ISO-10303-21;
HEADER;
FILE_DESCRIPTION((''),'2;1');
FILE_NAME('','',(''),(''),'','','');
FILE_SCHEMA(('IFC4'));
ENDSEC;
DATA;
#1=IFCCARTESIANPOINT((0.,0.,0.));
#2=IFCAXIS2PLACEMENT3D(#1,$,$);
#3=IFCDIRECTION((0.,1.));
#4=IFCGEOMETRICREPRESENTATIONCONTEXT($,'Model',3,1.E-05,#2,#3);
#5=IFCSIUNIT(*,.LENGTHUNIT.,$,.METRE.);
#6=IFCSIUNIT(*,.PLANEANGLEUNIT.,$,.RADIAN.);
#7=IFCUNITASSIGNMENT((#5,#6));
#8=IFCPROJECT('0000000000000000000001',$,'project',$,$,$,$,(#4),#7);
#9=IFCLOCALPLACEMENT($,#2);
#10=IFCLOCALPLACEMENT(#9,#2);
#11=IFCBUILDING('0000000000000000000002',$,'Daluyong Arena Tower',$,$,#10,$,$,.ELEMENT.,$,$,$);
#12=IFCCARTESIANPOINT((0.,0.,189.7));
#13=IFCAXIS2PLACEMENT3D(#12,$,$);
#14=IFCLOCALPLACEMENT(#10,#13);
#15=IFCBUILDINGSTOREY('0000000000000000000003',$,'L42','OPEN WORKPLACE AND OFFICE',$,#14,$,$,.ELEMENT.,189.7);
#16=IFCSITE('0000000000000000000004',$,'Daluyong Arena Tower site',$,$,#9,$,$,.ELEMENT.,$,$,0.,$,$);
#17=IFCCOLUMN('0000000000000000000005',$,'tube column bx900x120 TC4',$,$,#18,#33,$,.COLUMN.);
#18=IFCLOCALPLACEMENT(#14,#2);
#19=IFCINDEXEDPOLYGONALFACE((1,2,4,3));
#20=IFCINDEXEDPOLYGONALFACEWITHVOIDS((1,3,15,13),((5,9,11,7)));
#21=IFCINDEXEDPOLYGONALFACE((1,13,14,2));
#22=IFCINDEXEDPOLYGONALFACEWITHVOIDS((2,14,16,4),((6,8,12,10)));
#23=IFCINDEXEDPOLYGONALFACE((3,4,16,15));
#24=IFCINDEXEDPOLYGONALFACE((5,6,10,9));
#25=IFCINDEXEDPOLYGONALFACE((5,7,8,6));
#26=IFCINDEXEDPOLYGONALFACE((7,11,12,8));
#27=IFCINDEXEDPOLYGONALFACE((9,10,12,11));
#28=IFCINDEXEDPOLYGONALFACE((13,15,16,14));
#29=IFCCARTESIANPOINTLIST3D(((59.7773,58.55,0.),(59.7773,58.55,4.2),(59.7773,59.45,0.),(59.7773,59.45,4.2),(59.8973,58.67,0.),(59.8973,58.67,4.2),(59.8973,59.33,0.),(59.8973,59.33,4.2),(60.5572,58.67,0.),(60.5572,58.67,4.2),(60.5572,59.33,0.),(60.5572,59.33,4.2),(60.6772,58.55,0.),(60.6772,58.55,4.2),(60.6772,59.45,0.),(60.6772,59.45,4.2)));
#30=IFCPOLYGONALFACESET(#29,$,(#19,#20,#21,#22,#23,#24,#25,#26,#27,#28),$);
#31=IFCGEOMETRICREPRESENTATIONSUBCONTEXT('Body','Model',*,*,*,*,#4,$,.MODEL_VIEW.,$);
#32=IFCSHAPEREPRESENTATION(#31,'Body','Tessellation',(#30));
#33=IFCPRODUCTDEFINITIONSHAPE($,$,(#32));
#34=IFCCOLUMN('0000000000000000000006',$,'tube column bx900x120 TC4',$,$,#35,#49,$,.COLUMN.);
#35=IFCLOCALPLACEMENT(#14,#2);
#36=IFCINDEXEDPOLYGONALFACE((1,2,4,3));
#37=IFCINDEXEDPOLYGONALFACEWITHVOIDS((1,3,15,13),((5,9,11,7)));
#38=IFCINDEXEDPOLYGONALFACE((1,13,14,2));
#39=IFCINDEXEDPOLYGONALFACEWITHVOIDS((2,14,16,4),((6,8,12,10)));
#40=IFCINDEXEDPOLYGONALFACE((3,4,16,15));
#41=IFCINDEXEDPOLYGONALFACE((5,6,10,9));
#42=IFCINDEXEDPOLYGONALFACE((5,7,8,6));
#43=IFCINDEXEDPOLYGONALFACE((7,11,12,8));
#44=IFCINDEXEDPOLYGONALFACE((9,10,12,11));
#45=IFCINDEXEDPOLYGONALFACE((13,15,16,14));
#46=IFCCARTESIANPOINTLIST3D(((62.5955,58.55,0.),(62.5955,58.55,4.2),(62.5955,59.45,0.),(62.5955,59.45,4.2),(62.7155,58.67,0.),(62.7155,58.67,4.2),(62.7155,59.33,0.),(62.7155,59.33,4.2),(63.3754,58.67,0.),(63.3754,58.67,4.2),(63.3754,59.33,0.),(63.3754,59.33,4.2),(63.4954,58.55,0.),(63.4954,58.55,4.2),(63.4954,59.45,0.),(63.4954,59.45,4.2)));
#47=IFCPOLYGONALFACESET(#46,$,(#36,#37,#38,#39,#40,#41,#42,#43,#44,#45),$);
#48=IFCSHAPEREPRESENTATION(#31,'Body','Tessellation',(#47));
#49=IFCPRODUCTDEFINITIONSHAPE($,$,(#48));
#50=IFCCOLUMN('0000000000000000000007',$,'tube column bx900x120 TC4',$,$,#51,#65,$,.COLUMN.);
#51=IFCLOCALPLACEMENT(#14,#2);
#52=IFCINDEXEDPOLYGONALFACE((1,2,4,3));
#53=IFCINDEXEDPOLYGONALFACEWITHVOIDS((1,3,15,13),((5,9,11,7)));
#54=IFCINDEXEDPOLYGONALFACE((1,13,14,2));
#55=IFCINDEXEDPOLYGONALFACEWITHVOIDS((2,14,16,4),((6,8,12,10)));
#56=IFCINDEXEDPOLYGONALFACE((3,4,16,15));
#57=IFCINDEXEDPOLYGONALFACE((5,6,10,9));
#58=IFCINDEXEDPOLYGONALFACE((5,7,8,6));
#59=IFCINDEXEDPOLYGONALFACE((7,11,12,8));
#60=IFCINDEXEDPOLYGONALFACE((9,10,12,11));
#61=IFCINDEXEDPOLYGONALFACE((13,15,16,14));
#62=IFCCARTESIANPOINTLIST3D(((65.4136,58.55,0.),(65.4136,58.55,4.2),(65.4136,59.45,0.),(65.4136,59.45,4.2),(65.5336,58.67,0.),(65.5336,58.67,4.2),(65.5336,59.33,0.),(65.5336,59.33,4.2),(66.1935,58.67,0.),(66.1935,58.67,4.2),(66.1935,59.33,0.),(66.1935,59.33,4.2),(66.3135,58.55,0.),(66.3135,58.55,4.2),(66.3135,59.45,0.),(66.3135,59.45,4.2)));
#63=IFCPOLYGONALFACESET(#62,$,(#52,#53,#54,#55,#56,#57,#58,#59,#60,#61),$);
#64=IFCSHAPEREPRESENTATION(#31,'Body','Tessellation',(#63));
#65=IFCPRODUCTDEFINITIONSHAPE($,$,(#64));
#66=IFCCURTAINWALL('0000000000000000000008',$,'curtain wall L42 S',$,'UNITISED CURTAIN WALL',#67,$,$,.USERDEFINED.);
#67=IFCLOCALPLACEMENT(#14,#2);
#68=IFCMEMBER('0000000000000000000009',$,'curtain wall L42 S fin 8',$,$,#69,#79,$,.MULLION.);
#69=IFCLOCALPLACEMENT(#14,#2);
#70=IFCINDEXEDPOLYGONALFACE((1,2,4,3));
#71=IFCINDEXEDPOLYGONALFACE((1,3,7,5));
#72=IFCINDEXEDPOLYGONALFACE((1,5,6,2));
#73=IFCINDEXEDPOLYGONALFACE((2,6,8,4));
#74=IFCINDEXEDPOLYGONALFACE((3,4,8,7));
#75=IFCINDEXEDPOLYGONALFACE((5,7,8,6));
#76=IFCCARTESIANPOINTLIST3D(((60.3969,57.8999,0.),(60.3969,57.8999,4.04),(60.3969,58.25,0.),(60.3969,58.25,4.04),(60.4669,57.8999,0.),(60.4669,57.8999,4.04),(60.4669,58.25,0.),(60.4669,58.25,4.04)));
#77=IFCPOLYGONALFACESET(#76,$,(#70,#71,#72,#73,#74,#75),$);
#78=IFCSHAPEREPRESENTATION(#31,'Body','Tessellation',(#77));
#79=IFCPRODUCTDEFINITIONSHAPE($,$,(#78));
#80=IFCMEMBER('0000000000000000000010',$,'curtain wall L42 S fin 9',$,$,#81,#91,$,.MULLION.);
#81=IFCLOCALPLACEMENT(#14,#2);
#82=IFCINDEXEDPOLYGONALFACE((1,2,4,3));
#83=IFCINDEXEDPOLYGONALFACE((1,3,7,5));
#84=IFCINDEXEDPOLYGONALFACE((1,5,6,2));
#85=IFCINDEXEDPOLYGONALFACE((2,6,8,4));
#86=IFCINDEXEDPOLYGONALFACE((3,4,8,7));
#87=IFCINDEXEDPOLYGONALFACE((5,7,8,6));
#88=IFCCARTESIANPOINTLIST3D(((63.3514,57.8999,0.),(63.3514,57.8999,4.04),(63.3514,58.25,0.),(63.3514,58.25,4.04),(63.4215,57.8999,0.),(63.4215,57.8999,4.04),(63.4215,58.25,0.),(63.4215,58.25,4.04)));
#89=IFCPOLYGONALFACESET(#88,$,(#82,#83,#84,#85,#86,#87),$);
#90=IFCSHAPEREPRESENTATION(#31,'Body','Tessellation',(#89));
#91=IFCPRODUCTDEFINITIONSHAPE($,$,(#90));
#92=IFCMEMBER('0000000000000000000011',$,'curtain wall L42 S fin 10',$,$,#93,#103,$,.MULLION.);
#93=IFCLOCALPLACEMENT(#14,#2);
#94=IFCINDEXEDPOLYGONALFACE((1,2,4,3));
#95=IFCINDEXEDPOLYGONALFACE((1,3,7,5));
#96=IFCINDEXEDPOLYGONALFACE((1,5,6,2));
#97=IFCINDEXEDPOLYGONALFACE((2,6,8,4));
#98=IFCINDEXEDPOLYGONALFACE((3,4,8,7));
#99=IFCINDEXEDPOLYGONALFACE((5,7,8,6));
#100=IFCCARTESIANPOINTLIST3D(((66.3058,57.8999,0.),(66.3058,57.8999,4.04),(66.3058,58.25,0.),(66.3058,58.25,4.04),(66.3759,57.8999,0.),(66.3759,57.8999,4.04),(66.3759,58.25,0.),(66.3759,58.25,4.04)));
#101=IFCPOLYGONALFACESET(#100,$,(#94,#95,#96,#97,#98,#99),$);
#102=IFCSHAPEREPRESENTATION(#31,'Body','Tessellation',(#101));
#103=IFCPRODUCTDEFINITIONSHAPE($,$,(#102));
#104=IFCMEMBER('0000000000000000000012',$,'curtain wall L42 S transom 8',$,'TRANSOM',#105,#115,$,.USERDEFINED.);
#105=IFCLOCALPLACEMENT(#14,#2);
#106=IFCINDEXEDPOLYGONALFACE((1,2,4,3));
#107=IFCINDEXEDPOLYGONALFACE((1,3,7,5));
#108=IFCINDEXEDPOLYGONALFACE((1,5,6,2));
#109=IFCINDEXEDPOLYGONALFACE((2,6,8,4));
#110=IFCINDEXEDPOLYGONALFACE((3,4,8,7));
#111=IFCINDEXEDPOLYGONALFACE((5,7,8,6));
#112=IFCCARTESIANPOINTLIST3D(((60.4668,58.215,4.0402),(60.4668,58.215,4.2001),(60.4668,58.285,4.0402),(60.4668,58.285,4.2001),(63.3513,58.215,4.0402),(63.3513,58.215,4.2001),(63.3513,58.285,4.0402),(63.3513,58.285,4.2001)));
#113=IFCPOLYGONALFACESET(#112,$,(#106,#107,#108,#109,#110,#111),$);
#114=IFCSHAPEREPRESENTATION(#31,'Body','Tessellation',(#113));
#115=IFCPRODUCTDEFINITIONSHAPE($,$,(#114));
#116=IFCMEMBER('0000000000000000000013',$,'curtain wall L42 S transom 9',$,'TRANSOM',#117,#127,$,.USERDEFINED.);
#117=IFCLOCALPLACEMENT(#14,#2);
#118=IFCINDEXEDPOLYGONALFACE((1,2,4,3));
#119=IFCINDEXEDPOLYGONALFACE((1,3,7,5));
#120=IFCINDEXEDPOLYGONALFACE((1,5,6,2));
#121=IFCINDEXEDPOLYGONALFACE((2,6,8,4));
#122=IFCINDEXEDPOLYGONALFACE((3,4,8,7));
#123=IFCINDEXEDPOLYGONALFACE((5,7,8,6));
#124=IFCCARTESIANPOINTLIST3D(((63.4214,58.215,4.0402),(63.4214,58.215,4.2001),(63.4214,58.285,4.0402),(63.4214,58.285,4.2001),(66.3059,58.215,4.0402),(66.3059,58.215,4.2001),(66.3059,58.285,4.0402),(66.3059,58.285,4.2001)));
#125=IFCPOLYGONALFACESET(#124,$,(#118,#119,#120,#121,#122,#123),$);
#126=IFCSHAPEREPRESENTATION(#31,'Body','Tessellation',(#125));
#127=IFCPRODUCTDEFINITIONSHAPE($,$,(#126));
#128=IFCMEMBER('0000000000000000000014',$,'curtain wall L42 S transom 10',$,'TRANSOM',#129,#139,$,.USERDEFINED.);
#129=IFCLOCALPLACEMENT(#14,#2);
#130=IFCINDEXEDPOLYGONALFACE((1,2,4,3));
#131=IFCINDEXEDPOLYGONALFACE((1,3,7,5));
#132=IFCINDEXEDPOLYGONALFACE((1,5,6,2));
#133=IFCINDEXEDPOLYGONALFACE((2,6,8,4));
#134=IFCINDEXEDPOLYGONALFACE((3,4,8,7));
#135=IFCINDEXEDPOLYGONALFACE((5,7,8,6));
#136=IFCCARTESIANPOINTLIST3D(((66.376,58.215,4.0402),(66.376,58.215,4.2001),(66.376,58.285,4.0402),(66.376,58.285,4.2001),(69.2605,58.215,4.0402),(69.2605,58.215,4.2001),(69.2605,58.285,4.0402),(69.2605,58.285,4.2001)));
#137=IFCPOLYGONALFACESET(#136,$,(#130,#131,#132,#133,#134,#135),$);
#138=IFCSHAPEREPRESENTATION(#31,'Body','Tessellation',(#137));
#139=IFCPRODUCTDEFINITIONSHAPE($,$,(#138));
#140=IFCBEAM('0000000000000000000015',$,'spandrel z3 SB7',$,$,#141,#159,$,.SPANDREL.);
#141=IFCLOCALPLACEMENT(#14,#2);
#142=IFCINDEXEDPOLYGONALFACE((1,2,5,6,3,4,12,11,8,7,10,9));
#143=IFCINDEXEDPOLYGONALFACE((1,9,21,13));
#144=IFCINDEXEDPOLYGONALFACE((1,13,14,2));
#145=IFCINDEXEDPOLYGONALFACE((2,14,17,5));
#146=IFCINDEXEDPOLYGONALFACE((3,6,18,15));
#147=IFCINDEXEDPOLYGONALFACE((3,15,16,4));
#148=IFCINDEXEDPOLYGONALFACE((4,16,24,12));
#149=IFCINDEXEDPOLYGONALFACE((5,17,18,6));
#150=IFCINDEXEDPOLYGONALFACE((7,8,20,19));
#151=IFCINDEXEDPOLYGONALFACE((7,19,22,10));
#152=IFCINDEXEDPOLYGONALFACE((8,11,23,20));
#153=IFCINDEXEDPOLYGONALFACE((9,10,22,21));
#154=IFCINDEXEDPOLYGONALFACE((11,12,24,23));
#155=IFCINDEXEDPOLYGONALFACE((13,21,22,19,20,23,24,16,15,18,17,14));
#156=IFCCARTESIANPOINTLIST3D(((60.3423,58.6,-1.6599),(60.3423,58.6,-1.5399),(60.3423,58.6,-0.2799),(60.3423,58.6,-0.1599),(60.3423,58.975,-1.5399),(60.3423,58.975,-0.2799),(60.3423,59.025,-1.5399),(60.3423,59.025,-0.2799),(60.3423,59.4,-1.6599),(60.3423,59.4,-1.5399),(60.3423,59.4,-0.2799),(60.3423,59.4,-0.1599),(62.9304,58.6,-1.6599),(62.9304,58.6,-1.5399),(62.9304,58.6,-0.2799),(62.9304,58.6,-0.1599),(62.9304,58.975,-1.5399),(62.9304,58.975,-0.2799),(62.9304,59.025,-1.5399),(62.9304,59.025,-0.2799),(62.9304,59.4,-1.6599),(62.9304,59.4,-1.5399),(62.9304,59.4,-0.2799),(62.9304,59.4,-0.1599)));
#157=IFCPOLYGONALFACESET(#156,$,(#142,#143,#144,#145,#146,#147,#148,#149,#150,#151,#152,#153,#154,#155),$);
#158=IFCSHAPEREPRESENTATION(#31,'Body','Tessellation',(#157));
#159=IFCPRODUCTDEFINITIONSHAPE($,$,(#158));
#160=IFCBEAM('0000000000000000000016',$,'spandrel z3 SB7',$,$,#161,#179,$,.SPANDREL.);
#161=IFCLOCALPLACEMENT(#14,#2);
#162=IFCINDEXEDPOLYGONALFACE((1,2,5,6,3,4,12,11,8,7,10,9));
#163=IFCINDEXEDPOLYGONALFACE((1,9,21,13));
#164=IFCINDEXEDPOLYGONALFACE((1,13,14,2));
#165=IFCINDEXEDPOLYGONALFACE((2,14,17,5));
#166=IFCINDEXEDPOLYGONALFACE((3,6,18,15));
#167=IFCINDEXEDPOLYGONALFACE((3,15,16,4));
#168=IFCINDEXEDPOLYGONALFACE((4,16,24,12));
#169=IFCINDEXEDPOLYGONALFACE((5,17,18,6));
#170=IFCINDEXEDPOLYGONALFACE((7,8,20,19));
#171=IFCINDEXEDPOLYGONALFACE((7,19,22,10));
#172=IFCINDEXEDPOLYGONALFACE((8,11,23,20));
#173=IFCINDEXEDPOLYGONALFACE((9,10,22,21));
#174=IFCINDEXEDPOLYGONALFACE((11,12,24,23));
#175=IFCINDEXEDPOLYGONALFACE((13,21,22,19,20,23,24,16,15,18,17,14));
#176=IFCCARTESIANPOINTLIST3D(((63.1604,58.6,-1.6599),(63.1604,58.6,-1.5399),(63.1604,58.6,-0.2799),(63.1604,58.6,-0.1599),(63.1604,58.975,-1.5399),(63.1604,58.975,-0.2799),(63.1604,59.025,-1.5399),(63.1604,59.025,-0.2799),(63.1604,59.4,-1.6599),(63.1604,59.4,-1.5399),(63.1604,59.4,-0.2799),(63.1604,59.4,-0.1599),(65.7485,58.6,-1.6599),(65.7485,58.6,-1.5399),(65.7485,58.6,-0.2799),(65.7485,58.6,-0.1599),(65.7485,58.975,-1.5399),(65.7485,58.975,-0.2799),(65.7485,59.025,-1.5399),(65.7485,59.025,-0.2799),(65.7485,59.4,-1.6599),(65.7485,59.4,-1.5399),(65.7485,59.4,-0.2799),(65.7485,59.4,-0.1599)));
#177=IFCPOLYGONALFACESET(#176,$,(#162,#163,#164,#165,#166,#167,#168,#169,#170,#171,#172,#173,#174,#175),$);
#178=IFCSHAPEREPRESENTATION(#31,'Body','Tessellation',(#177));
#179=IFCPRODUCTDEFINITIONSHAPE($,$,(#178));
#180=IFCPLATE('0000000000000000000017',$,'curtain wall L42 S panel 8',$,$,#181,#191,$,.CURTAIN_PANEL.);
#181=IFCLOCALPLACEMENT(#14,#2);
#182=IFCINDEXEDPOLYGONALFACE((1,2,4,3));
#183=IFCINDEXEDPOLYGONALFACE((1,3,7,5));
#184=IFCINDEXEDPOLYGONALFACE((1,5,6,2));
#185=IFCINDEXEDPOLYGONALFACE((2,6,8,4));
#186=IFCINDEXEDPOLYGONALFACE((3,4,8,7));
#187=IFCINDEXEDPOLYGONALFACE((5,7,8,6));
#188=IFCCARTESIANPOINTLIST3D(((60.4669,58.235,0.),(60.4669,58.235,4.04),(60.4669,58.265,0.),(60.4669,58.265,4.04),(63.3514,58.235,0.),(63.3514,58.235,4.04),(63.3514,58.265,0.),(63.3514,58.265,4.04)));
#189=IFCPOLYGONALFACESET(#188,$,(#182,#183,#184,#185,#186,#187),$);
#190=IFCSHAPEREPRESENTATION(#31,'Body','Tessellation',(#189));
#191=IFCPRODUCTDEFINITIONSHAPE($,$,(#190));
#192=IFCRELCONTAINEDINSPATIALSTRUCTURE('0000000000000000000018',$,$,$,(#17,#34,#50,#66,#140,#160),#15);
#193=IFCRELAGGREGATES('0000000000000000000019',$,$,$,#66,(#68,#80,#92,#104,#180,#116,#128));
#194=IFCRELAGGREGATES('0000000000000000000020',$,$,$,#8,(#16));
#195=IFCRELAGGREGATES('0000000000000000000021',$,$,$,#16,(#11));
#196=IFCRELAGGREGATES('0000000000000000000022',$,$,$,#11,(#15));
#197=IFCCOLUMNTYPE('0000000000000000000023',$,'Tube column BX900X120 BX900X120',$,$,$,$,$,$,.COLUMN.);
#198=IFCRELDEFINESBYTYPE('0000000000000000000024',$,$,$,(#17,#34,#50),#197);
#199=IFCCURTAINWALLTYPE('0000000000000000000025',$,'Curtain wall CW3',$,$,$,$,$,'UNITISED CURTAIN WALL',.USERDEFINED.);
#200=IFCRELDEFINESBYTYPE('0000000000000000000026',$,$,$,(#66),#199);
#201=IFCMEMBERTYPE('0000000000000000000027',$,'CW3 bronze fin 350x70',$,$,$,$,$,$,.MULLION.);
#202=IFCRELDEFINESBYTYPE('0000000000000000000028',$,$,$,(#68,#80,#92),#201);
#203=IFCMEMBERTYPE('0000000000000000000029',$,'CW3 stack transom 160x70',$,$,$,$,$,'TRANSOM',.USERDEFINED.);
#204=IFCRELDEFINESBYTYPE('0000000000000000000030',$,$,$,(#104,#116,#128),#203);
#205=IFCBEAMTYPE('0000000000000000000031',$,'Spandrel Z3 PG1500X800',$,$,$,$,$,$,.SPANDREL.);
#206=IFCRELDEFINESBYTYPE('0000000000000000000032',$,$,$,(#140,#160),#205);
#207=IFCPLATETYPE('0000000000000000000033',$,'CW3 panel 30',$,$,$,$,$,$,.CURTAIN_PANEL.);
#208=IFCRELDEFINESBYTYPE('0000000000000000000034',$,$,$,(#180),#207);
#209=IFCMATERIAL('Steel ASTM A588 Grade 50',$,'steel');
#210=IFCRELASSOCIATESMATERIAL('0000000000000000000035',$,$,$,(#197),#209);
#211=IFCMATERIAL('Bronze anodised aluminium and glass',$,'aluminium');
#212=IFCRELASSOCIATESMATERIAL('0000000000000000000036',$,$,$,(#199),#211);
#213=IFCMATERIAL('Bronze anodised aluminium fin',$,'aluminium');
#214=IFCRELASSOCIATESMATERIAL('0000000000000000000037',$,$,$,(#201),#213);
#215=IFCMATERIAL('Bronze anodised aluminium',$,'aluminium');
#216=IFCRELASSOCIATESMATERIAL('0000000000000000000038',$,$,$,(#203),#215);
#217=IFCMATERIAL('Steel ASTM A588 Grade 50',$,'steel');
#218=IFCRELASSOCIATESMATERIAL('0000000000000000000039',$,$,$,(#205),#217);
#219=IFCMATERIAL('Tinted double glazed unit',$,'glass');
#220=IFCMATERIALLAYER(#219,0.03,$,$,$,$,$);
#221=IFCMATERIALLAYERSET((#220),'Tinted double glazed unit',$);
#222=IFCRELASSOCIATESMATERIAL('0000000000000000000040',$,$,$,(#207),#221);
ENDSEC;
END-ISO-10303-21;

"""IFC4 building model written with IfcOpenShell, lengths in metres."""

from ifc_helpers import new_model, si_unit, direction, frame, origin, origin_2d, place, context, subcontext, project, spatial, rectangle, hollow_rectangle, i_section, extrude, material, layer, layer_set, material_profile, profile_set, type_object, element, aggregate, save


model = new_model("IFC4")

# Units and contexts
model_context = context("Model", 3, precision=1e-05, world=origin(), true_north=direction((0.0, 1.0)))
body_context = subcontext(model_context, "Body", "Model", "MODEL_VIEW")
ifc_project = project(units=[si_unit("LENGTHUNIT", "METRE"), si_unit("PLANEANGLEUNIT", "RADIAN")], contexts=[model_context])

# Site, building, storey
site_placement = place(None, origin())
site = spatial("IfcSite", under=ifc_project, at=site_placement, Name="Daluyong Arena Tower site", CompositionType="ELEMENT", RefElevation=0.0)
building_placement = place(site_placement, origin())
building = spatial("IfcBuilding", under=site, at=building_placement, Name="Daluyong Arena Tower", CompositionType="ELEMENT")
storey_placement = place(building_placement, frame((0.0, 0.0, 189.7)))
storey = spatial("IfcBuildingStorey", under=building, at=storey_placement, Name="L42", Description="OPEN WORKPLACE AND OFFICE", CompositionType="ELEMENT", Elevation=189.7)

# Columns
ifc_material_1 = material(Name="Steel ASTM A588 Grade 50", Category="steel")
ifc_material_profile_1 = material_profile(ifc_material_1, hollow_rectangle(XDim=0.8999, YDim=0.8999, WallThickness=0.12, at=origin_2d()))
ifc_profile_set_1 = profile_set([ifc_material_profile_1], Name="Steel ASTM A588 Grade 50")
column_type = type_object("IfcColumnType", Name="Tube column BX900X120 BX900X120", PredefinedType="COLUMN", material=ifc_profile_set_1)
for number, where, z_axis, x_axis, name in (
    (1, (60.2273, 59.0, 0.0), (0.0, 0.0, 1.0), (1.0, 0.0, 0.0), "tube column bx900x120 TC4"),
    (2, (63.0454, 59.0, 0.0), (0.0, 0.0, 1.0), (1.0, 0.0, 0.0), "tube column bx900x120 TC4"),
    (3, (65.8635, 59.0, 0.0), (0.0, 0.0, 1.0), (1.0, 0.0, 0.0), "tube column bx900x120 TC4"),
):
    element("IfcColumn", number, at=place(storey_placement, frame(where, z_axis=z_axis, x_axis=x_axis)), inside=storey, type_object=column_type, Name=name, PredefinedType="COLUMN", context=body_context, shape_type="SweptSolid", body=[
        extrude(hollow_rectangle(XDim=0.8999, YDim=0.8999, WallThickness=0.12, at=origin_2d()), origin(), (0.0, 0.0, 1.0), 4.2),
    ])

# Curtain wall, members
ifc_material_2 = material(Name="Bronze anodised aluminium and glass", Category="aluminium")
curtain_wall_type = type_object("IfcCurtainWallType", Name="Curtain wall CW3", ElementType="UNITISED CURTAIN WALL", PredefinedType="USERDEFINED", material=ifc_material_2)
curtain_wall_placement = place(storey_placement, origin())
curtain_wall = element("IfcCurtainWall", 4, at=curtain_wall_placement, inside=storey, type_object=curtain_wall_type, Name="curtain wall L42 S", ObjectType="UNITISED CURTAIN WALL", PredefinedType="USERDEFINED")
ifc_material_3 = material(Name="Bronze anodised aluminium fin", Category="aluminium")
ifc_material_profile_2 = material_profile(ifc_material_3, rectangle(XDim=0.3501, YDim=0.0701, at=origin_2d()))
ifc_profile_set_2 = profile_set([ifc_material_profile_2], Name="Bronze anodised aluminium fin")
member_type_1 = type_object("IfcMemberType", Name="CW3 bronze fin 350x70", PredefinedType="MULLION", material=ifc_profile_set_2)
member_1_placement = place(storey_placement, frame((60.4319, 58.075, 0.0), z_axis=(0.0, 0.0, 1.0), x_axis=(0.0, 1.0, 0.0)))
member_1 = element("IfcMember", 5, at=member_1_placement, type_object=member_type_1, Name="curtain wall L42 S fin 8", PredefinedType="MULLION", context=body_context, shape_type="SweptSolid", body=[
    extrude(rectangle(XDim=0.3501, YDim=0.0701, at=origin_2d()), origin(), (0.0, 0.0, 1.0), 4.04),
])
member_2_placement = place(storey_placement, frame((63.3865, 58.075, 0.0), z_axis=(0.0, 0.0, 1.0), x_axis=(0.0, 1.0, 0.0)))
member_2 = element("IfcMember", 6, at=member_2_placement, type_object=member_type_1, Name="curtain wall L42 S fin 9", PredefinedType="MULLION", context=body_context, shape_type="SweptSolid", body=[
    extrude(rectangle(XDim=0.3501, YDim=0.0701, at=origin_2d()), origin(), (0.0, 0.0, 1.0), 4.04),
])
member_3_placement = place(storey_placement, frame((66.3408, 58.075, 0.0), z_axis=(0.0, 0.0, 1.0), x_axis=(0.0, 1.0, 0.0)))
member_3 = element("IfcMember", 7, at=member_3_placement, type_object=member_type_1, Name="curtain wall L42 S fin 10", PredefinedType="MULLION", context=body_context, shape_type="SweptSolid", body=[
    extrude(rectangle(XDim=0.3501, YDim=0.0701, at=origin_2d()), origin(), (0.0, 0.0, 1.0), 4.04),
])
ifc_material_4 = material(Name="Bronze anodised aluminium", Category="aluminium")
ifc_material_profile_3 = material_profile(ifc_material_4, rectangle(XDim=0.0701, YDim=0.1599, at=origin_2d()))
ifc_profile_set_3 = profile_set([ifc_material_profile_3], Name="Bronze anodised aluminium")
member_type_2 = type_object("IfcMemberType", Name="CW3 stack transom 160x70", ElementType="TRANSOM", PredefinedType="USERDEFINED", material=ifc_profile_set_3)
member_4_placement = place(storey_placement, frame((60.4668, 58.25, 4.1201), z_axis=(1.0, 0.0, 0.0), x_axis=(0.0, 1.0, 0.0)))
member_4 = element("IfcMember", 8, at=member_4_placement, type_object=member_type_2, Name="curtain wall L42 S transom 8", ObjectType="TRANSOM", PredefinedType="USERDEFINED", context=body_context, shape_type="SweptSolid", body=[
    extrude(rectangle(XDim=0.0701, YDim=0.1599, at=origin_2d()), origin(), (0.0, 0.0, 1.0), 2.8845),
])
member_5_placement = place(storey_placement, frame((63.4214, 58.25, 4.1201), z_axis=(1.0, 0.0, 0.0), x_axis=(0.0, 1.0, 0.0)))
member_5 = element("IfcMember", 9, at=member_5_placement, type_object=member_type_2, Name="curtain wall L42 S transom 9", ObjectType="TRANSOM", PredefinedType="USERDEFINED", context=body_context, shape_type="SweptSolid", body=[
    extrude(rectangle(XDim=0.0701, YDim=0.1599, at=origin_2d()), origin(), (0.0, 0.0, 1.0), 2.8845),
])
member_6_placement = place(storey_placement, frame((66.376, 58.25, 4.1201), z_axis=(1.0, 0.0, 0.0), x_axis=(0.0, 1.0, 0.0)))
member_6 = element("IfcMember", 10, at=member_6_placement, type_object=member_type_2, Name="curtain wall L42 S transom 10", ObjectType="TRANSOM", PredefinedType="USERDEFINED", context=body_context, shape_type="SweptSolid", body=[
    extrude(rectangle(XDim=0.0701, YDim=0.1599, at=origin_2d()), origin(), (0.0, 0.0, 1.0), 2.8845),
])

# Beams
ifc_material_5 = material(Name="Steel ASTM A588 Grade 50", Category="steel")
ifc_material_profile_4 = material_profile(ifc_material_5, i_section(OverallWidth=0.8, OverallDepth=1.5, WebThickness=0.05, FlangeThickness=0.12, at=origin_2d()))
ifc_profile_set_4 = profile_set([ifc_material_profile_4], Name="Steel ASTM A588 Grade 50")
beam_type = type_object("IfcBeamType", Name="Spandrel Z3 PG1500X800", PredefinedType="SPANDREL", material=ifc_profile_set_4)
for number, where, z_axis, x_axis, name in (
    (11, (60.3423, 59.0, -0.9099), (1.0, 0.0, 0.0), (0.0, 1.0, 0.0), "spandrel z3 SB7"),
    (12, (63.1604, 59.0, -0.9099), (1.0, 0.0, 0.0), (0.0, 1.0, 0.0), "spandrel z3 SB7"),
):
    element("IfcBeam", number, at=place(storey_placement, frame(where, z_axis=z_axis, x_axis=x_axis)), inside=storey, type_object=beam_type, Name=name, PredefinedType="SPANDREL", context=body_context, shape_type="SweptSolid", body=[
        extrude(i_section(OverallWidth=0.8, OverallDepth=1.5, WebThickness=0.05, FlangeThickness=0.12, at=origin_2d()), origin(), (0.0, 0.0, 1.0), 2.5881),
    ])

# Plate
ifc_material_6 = material(Name="Tinted double glazed unit", Category="glass")
ifc_layer = layer(ifc_material_6, 0.03)
ifc_layer_set = layer_set([ifc_layer], Name="Tinted double glazed unit")
plate_type = type_object("IfcPlateType", Name="CW3 panel 30", PredefinedType="CURTAIN_PANEL", material=ifc_layer_set)
plate_1_placement = place(storey_placement, frame((61.9092, 58.25, 0.0), z_axis=(0.0, 0.0, 1.0), x_axis=(1.0, 0.0, 0.0)))
plate_1 = element("IfcPlate", 13, at=plate_1_placement, type_object=plate_type, Name="curtain wall L42 S panel 8", PredefinedType="CURTAIN_PANEL", context=body_context, shape_type="SweptSolid", body=[
    extrude(rectangle(XDim=2.8845, YDim=0.03, at=origin_2d()), origin(), (0.0, 0.0, 1.0), 4.04),
])
aggregate(curtain_wall, [member_1, member_2, member_3, member_4, plate_1, member_5, member_6])

save(model, "model.ifc")
